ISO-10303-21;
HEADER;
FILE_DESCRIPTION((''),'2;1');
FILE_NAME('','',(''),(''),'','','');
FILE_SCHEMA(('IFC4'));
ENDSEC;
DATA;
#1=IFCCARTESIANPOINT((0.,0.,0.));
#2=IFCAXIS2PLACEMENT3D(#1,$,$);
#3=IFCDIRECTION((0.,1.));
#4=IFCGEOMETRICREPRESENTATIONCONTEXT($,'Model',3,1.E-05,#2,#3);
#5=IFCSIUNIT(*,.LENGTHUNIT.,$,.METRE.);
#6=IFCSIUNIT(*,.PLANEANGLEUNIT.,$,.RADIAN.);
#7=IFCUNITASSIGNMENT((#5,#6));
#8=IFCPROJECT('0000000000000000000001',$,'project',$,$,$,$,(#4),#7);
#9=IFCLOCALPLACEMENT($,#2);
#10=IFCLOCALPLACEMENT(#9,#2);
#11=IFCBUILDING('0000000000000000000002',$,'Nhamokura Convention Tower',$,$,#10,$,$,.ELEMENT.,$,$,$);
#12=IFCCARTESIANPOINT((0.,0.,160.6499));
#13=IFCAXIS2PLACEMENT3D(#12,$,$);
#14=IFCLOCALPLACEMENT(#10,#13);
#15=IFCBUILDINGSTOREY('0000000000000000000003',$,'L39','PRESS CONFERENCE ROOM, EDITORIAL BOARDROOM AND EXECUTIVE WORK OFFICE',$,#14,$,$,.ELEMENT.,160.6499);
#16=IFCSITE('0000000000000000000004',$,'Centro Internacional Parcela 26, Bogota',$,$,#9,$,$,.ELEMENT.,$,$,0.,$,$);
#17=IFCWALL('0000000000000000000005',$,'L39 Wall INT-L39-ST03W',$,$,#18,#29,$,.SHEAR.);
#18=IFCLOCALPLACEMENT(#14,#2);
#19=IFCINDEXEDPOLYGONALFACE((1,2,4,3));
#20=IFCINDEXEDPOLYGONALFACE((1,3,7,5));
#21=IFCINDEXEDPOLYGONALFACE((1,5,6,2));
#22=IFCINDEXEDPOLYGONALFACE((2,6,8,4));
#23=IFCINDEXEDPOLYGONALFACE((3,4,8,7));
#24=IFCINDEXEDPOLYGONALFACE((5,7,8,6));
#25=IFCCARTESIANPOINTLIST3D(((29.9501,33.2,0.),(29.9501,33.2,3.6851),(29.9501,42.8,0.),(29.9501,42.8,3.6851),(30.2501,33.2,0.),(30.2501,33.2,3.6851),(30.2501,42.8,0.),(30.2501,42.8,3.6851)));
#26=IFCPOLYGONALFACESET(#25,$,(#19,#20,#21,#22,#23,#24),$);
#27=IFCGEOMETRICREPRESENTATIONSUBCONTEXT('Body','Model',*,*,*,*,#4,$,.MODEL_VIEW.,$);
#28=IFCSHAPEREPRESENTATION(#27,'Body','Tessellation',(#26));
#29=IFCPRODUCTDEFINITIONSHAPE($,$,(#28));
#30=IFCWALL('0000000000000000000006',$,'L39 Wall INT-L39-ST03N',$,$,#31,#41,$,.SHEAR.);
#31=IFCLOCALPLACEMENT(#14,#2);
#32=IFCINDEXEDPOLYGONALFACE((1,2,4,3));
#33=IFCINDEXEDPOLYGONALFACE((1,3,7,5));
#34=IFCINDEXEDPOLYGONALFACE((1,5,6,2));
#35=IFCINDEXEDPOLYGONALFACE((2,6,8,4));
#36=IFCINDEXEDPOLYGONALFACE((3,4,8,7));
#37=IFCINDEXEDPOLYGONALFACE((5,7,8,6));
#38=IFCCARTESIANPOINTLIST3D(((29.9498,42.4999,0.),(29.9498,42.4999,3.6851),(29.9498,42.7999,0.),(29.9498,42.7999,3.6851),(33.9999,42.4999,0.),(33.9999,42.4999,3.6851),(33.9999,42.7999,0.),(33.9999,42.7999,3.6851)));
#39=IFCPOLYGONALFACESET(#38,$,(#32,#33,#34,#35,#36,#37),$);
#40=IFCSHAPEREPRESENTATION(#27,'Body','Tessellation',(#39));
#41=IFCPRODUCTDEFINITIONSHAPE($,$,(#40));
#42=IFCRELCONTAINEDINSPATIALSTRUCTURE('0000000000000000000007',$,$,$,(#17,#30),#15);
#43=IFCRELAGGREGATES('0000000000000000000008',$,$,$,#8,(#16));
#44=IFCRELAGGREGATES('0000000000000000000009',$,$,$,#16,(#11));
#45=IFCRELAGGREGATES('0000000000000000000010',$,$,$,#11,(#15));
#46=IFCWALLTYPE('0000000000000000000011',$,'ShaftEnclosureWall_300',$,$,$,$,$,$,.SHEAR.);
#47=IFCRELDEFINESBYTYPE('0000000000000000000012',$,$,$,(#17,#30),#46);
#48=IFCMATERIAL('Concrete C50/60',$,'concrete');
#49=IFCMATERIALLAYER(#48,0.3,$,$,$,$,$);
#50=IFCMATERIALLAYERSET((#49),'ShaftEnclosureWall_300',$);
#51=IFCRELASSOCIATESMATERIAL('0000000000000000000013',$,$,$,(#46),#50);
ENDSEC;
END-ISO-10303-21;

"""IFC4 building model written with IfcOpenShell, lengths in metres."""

from ifc_helpers import new_model, si_unit, direction, frame, frame_2d, origin, place, context, subcontext, project, spatial, rectangle, extrude, material, layer, layer_set, type_object, element, save


model = new_model("IFC4")

# Units and contexts
model_context = context("Model", 3, precision=1e-05, world=origin(), true_north=direction((0.0, 1.0)))
body_context = subcontext(model_context, "Body", "Model", "MODEL_VIEW")
ifc_project = project(units=[si_unit("LENGTHUNIT", "METRE"), si_unit("PLANEANGLEUNIT", "RADIAN")], contexts=[model_context])

# Site, building, storey
site_placement = place(None, origin())
site = spatial("IfcSite", under=ifc_project, at=site_placement, Name="Centro Internacional Parcela 26, Bogota", CompositionType="ELEMENT", RefElevation=0.0)
building_placement = place(site_placement, origin())
building = spatial("IfcBuilding", under=site, at=building_placement, Name="Nhamokura Convention Tower", CompositionType="ELEMENT")
storey_placement = place(building_placement, frame((0.0, 0.0, 160.6499)))
storey = spatial("IfcBuildingStorey", under=building, at=storey_placement, Name="L39", Description="PRESS CONFERENCE ROOM, EDITORIAL BOARDROOM AND EXECUTIVE WORK OFFICE", CompositionType="ELEMENT", Elevation=160.6499)

# Wall
ifc_material_1 = material(Name="Concrete C50/60", Category="concrete")
ifc_layer_1 = layer(ifc_material_1, 0.3)
ifc_layer_set_1 = layer_set([ifc_layer_1], Name="ShaftEnclosureWall_300")
wall_type_1 = type_object("IfcWallType", Name="ShaftEnclosureWall_300", PredefinedType="SHEAR", material=ifc_layer_set_1)
wall_1_placement = place(storey_placement, frame((30.1001, 33.2, 0.0), z_axis=(0.0, 0.0, 1.0), x_axis=(0.0, 1.0, 0.0)))
element("IfcWall", 1, at=wall_1_placement, inside=storey, type_object=wall_type_1, Name="L39 Wall INT-L39-ST03W", PredefinedType="SHEAR", context=body_context, shape_type="SweptSolid", body=[
    extrude(rectangle(XDim=9.6001, YDim=0.3, at=frame_2d((4.8, 0.0))), origin(), (0.0, 0.0, 1.0), 3.6851),
])

# Wall
wall_2_placement = place(storey_placement, frame((29.95, 42.6499, 0.0), z_axis=(0.0, 0.0, 1.0), x_axis=(1.0, 0.0, 0.0)))
element("IfcWall", 2, at=wall_2_placement, inside=storey, type_object=wall_type_1, Name="L39 Wall INT-L39-ST03N", PredefinedType="SHEAR", context=body_context, shape_type="SweptSolid", body=[
    extrude(rectangle(XDim=4.05, YDim=0.3, at=frame_2d((2.0249, 0.0))), origin(), (0.0, 0.0, 1.0), 3.6851),
])

save(model, "model.ifc")
